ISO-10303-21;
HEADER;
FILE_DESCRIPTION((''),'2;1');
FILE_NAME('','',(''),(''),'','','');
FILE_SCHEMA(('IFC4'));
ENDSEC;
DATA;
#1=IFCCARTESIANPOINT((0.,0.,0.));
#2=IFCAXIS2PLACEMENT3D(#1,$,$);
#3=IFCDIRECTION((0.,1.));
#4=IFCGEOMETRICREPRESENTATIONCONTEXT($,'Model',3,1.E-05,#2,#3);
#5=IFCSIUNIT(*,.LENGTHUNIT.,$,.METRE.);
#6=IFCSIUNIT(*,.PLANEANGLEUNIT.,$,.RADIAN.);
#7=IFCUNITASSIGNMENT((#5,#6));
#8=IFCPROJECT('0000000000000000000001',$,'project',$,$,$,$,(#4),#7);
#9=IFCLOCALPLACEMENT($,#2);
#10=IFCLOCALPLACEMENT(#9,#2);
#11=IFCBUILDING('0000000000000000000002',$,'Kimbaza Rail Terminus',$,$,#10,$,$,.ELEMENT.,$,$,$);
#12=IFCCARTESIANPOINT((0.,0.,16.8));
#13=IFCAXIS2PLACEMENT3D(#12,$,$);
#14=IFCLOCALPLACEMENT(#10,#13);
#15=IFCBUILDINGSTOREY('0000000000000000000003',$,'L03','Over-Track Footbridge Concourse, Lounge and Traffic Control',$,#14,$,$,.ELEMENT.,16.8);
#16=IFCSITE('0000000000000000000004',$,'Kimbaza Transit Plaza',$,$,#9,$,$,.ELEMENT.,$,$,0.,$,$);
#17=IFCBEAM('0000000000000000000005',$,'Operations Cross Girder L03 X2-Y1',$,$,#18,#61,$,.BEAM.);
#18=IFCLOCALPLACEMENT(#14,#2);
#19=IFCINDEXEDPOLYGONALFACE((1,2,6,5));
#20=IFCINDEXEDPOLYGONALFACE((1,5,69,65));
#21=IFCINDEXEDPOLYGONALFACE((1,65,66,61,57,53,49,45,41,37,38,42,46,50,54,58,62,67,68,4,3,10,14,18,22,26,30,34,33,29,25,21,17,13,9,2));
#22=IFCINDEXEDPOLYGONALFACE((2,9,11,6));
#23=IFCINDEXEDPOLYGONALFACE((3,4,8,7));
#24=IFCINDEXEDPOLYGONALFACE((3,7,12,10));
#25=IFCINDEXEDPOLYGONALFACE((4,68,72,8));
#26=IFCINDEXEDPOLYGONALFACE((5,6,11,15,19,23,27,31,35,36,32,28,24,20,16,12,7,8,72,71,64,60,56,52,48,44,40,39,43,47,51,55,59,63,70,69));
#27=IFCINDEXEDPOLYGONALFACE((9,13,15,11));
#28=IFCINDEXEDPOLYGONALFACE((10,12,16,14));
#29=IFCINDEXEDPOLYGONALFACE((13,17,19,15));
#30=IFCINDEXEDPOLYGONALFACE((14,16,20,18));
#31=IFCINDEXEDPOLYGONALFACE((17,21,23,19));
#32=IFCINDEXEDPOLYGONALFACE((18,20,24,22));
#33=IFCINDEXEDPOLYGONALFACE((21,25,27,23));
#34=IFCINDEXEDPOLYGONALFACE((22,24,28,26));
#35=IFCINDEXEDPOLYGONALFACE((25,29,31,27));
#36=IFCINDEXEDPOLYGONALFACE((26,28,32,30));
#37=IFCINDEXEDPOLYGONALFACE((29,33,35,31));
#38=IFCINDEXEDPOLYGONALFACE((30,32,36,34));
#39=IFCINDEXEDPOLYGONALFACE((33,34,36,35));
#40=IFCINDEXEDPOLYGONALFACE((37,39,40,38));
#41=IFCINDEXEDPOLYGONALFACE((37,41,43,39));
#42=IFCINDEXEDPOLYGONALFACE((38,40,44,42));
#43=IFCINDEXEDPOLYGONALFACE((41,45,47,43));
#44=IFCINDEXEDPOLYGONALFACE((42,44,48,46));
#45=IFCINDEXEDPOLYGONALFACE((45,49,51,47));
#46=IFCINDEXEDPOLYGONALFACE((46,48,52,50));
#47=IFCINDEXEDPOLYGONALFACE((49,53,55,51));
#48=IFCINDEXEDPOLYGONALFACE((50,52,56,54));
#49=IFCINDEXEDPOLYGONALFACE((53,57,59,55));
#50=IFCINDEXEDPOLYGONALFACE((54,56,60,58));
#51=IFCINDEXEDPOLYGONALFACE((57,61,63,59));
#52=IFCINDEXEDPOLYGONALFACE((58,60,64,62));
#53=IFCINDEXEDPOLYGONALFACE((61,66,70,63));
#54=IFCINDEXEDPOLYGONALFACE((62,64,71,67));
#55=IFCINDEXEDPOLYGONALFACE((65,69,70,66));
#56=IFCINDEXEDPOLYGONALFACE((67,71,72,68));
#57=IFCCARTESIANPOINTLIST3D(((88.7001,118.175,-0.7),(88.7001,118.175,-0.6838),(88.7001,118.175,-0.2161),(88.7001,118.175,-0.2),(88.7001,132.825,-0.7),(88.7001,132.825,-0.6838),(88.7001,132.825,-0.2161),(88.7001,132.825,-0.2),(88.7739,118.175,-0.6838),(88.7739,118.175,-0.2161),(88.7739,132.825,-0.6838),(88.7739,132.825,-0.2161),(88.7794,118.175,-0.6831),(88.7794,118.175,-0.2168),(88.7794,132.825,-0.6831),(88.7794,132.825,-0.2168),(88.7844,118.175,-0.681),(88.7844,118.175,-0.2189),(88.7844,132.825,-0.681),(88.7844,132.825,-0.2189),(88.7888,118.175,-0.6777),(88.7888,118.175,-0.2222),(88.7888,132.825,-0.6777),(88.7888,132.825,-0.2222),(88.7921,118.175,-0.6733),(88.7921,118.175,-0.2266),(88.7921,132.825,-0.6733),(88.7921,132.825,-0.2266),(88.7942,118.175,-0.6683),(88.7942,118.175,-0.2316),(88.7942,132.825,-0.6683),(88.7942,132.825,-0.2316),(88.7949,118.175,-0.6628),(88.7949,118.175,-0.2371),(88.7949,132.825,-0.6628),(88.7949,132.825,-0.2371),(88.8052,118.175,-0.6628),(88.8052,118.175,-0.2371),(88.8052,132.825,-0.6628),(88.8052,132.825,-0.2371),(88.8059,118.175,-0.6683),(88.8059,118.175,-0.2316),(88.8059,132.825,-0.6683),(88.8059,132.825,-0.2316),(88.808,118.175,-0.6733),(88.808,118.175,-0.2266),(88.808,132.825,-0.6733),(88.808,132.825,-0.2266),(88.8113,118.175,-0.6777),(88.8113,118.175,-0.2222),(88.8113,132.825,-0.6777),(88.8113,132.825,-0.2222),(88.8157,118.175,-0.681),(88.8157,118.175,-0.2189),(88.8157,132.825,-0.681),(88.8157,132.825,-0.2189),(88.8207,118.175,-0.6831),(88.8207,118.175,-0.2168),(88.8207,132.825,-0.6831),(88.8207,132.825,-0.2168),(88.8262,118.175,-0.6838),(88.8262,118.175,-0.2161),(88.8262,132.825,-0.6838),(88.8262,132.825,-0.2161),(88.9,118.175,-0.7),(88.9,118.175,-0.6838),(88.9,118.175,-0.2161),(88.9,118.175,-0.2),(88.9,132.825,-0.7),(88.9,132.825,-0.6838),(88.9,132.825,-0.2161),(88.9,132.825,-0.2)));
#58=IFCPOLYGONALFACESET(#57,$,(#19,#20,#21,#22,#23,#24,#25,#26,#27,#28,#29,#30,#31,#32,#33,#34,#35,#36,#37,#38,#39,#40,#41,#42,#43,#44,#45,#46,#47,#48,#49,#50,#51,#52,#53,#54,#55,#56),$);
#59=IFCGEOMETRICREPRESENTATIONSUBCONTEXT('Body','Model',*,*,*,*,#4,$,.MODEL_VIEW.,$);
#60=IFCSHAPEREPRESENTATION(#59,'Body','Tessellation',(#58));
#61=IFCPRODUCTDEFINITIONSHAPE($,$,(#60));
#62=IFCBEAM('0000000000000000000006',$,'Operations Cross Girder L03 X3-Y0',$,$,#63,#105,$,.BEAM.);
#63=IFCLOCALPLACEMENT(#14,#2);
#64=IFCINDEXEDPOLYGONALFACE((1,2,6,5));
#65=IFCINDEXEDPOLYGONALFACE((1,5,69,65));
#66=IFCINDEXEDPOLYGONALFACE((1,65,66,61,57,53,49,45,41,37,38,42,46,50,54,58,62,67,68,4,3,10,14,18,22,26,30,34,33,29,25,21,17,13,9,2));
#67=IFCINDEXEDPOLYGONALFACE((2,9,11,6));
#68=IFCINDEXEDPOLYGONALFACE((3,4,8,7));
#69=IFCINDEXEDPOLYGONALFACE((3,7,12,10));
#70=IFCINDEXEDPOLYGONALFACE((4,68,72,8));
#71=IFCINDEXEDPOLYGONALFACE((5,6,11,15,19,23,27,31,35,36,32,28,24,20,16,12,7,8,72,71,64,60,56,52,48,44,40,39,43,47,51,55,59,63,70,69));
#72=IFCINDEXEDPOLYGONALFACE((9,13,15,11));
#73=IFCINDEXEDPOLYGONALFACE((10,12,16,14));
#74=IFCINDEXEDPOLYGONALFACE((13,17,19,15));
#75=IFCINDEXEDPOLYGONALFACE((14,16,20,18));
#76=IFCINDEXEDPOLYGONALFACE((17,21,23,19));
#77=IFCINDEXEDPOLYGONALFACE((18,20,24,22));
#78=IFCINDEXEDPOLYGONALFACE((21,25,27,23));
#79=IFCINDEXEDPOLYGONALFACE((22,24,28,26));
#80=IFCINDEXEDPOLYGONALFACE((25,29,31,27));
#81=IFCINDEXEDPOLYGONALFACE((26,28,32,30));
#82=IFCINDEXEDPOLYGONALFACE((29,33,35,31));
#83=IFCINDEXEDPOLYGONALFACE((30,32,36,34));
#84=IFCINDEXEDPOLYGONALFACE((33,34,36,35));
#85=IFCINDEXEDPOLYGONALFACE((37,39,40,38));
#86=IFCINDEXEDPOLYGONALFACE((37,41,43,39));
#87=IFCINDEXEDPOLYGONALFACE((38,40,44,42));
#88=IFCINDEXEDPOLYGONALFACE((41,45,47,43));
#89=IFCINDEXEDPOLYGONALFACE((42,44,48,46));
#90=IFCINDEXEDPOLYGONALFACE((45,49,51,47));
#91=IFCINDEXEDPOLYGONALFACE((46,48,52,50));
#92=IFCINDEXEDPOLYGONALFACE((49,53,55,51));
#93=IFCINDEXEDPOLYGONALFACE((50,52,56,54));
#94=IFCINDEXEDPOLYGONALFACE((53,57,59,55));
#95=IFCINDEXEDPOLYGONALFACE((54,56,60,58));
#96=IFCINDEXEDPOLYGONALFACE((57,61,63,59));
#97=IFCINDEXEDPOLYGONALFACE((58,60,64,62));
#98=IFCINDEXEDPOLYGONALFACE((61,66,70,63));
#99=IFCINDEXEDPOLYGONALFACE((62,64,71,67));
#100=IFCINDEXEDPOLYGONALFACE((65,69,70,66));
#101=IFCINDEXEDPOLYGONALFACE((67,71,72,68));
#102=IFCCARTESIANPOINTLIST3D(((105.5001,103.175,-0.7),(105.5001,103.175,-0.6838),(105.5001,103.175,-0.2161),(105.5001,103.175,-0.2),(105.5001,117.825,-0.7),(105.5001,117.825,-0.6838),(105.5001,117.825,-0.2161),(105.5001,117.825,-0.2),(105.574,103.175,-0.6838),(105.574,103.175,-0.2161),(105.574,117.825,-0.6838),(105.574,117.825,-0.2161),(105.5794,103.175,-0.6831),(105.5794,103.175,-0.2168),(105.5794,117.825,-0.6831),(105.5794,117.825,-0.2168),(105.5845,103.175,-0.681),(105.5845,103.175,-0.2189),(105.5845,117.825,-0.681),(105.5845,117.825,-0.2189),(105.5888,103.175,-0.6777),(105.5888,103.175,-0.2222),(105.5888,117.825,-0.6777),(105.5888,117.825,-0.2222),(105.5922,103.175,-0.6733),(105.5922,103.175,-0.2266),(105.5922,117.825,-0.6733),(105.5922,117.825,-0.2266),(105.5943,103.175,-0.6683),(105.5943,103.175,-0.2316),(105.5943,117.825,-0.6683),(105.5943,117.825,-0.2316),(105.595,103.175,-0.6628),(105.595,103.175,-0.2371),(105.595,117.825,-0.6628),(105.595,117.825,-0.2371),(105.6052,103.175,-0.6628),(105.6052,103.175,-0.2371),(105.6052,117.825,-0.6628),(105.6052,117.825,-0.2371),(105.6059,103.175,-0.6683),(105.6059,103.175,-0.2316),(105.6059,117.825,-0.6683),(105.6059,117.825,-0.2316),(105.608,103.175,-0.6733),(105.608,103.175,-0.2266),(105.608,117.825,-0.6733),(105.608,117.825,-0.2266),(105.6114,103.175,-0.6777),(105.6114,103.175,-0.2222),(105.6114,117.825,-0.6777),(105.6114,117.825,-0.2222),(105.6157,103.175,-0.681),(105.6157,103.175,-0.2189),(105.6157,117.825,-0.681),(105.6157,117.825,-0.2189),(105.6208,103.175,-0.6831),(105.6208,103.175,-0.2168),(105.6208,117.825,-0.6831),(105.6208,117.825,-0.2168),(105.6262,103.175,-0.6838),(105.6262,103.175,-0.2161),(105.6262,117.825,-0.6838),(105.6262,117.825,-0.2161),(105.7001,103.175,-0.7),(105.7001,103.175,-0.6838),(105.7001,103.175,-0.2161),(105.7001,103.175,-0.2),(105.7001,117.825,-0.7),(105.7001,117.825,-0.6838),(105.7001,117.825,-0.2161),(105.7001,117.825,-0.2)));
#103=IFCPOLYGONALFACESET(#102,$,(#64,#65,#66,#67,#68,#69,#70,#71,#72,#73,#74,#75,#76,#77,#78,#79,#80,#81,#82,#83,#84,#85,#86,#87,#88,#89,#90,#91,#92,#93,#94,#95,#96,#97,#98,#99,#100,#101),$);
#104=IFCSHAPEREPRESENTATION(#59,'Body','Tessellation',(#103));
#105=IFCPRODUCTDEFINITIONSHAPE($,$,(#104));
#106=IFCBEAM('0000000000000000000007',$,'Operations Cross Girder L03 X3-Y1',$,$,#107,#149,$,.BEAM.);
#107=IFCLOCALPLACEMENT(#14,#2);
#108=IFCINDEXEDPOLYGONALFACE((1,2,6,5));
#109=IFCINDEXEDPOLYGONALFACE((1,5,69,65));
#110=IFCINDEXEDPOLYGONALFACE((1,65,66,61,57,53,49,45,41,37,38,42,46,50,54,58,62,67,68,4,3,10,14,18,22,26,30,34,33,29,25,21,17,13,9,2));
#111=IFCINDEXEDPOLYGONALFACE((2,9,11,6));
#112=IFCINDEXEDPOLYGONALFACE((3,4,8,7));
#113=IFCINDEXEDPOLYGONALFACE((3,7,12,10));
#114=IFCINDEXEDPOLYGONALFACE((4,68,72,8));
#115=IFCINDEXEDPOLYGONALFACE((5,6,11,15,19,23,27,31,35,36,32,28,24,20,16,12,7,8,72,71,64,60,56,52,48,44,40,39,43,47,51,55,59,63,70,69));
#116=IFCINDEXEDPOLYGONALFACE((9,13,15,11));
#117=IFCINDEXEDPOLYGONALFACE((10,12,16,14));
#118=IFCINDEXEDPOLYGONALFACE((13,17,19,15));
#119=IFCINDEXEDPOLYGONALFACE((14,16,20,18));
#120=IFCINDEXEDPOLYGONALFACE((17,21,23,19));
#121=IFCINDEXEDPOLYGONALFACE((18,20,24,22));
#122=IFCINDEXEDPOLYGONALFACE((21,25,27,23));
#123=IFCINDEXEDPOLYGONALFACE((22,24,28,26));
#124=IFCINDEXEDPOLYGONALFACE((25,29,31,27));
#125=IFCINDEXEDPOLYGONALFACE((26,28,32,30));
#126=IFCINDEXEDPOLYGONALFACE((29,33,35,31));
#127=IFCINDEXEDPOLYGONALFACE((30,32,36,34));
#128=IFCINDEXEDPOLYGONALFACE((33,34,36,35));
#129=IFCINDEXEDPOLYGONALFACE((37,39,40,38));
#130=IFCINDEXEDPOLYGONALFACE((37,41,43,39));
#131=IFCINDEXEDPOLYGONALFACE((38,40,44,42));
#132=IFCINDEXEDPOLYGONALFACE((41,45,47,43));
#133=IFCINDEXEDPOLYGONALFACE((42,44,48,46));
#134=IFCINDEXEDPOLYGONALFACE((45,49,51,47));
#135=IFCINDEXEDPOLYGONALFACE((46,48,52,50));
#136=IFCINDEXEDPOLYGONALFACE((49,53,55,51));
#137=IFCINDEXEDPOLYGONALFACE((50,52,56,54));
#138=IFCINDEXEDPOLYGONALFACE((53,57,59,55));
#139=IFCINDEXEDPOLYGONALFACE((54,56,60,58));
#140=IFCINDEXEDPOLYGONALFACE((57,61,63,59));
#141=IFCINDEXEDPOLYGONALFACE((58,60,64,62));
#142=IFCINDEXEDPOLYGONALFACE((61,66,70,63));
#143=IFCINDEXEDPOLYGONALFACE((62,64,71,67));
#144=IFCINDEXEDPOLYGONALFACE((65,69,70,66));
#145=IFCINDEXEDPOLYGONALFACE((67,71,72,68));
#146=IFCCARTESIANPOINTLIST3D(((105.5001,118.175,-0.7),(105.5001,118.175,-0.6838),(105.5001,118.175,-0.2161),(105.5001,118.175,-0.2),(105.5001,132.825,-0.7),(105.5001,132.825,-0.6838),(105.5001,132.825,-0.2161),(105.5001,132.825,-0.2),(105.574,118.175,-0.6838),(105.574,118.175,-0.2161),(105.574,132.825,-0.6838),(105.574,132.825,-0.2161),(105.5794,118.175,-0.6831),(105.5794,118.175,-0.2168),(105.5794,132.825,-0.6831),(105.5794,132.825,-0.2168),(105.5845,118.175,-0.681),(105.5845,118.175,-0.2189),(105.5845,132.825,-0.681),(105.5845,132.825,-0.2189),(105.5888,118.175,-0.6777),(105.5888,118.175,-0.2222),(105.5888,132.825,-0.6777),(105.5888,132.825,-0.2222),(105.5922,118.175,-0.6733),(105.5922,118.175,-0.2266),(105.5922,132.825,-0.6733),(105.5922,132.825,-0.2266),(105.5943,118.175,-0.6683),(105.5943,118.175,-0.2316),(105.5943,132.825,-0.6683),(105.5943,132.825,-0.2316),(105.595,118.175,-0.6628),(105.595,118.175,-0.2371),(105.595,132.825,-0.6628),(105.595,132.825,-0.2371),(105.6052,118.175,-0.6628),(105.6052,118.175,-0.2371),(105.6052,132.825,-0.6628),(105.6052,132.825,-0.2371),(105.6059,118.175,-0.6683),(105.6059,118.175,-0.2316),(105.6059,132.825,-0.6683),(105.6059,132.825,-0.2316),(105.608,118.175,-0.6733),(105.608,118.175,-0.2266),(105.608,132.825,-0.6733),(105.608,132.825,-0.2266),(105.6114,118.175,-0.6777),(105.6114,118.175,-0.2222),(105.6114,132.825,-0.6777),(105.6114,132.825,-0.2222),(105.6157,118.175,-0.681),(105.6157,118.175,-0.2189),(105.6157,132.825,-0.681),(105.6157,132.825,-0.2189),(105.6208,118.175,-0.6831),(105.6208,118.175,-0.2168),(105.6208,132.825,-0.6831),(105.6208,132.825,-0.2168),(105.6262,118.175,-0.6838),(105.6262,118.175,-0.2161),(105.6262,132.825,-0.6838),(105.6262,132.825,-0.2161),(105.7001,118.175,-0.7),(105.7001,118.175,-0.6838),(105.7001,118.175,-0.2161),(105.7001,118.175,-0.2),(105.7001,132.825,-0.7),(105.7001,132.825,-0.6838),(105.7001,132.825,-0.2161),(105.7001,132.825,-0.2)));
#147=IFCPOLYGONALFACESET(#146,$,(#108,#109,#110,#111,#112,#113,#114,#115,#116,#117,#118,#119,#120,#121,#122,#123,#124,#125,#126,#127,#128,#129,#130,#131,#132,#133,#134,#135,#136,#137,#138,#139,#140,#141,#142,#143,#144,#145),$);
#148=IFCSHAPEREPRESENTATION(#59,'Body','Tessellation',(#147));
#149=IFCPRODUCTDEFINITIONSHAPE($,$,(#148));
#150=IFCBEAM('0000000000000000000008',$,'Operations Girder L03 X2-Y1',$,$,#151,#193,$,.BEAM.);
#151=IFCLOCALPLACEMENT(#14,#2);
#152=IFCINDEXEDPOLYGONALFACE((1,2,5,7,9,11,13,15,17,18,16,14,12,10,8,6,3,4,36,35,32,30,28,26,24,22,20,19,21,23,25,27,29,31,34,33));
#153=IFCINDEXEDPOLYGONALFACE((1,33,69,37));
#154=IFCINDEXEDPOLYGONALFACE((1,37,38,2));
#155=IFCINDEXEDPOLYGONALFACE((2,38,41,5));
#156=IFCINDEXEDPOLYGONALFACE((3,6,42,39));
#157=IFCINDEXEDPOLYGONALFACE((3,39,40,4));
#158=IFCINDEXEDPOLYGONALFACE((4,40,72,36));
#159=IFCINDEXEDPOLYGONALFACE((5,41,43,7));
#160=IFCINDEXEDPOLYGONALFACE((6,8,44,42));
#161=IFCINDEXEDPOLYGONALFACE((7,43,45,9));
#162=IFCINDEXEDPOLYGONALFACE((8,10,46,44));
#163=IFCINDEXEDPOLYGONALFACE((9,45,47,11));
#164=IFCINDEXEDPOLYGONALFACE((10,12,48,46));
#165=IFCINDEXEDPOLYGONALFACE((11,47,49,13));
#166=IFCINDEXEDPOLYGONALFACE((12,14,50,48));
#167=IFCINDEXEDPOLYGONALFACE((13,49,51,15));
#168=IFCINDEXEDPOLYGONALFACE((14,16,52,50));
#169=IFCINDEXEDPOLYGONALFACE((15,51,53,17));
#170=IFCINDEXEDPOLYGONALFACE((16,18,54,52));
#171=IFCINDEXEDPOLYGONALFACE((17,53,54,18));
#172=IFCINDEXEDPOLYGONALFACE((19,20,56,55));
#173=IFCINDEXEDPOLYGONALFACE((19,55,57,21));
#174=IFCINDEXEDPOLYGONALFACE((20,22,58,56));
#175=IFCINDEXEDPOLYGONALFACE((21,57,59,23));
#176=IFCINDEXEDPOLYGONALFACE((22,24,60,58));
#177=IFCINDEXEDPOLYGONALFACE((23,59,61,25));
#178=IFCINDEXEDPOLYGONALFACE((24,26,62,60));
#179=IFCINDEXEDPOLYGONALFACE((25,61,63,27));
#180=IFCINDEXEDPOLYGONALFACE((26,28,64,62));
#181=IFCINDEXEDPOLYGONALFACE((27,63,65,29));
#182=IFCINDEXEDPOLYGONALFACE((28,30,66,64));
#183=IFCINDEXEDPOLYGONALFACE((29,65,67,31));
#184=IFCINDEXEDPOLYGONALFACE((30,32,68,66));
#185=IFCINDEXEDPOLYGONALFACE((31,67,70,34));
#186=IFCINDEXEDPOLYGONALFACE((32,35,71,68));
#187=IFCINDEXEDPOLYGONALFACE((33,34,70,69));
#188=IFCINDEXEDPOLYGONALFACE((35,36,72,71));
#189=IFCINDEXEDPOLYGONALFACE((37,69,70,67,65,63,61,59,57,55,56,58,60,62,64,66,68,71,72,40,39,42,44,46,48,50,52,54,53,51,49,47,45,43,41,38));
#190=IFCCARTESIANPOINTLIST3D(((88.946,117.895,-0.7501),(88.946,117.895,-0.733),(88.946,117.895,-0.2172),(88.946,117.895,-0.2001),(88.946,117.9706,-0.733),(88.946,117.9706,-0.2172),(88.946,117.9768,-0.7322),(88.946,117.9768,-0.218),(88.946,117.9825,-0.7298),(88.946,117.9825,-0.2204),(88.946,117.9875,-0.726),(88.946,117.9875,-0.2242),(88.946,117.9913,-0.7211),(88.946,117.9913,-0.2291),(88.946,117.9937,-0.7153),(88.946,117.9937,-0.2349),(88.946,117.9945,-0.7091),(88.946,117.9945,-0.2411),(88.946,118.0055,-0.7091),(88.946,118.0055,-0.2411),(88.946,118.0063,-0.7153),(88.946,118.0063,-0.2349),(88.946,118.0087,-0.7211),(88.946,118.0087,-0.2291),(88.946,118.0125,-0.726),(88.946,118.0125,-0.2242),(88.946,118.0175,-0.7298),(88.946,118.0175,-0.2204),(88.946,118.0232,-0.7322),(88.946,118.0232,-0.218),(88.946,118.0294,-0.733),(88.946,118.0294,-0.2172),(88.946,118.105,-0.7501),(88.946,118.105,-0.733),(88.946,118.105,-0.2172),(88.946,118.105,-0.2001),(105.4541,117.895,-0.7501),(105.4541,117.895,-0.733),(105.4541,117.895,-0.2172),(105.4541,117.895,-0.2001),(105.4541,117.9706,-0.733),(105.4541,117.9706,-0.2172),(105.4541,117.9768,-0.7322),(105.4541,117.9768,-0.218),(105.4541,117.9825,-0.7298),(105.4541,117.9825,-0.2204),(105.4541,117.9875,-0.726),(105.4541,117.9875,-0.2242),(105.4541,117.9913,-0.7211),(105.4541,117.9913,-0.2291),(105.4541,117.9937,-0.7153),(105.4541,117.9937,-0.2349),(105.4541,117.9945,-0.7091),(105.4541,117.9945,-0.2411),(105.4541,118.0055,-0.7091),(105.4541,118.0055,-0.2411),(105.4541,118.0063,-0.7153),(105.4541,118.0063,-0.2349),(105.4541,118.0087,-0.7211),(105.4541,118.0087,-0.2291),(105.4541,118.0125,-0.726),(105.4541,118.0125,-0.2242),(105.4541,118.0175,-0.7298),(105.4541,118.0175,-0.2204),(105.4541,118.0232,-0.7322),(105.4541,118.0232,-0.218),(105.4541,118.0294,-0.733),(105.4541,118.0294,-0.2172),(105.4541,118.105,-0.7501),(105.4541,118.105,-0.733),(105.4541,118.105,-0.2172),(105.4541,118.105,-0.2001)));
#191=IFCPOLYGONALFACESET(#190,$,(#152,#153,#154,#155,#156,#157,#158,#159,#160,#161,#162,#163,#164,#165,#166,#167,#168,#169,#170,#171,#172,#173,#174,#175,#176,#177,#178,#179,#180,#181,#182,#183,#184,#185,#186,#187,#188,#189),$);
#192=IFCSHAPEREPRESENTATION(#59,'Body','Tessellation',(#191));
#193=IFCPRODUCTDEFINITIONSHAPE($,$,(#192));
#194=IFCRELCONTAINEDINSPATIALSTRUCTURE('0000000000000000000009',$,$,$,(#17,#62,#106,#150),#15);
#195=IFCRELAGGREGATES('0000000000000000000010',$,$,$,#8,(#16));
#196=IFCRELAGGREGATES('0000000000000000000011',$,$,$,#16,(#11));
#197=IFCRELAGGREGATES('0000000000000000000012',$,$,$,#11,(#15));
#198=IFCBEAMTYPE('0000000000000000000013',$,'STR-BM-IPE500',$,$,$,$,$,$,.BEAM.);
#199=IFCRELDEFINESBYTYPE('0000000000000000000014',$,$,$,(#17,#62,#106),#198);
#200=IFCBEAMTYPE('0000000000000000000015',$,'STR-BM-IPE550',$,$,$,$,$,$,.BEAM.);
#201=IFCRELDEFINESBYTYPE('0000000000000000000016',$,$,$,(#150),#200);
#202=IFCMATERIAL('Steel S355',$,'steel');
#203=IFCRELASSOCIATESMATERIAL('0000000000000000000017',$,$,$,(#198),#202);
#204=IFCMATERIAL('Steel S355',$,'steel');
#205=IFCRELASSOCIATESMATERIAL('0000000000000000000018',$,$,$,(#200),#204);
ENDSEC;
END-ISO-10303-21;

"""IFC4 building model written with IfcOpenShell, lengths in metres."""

from ifc_helpers import new_model, si_unit, direction, frame, origin, origin_2d, place, context, subcontext, project, spatial, i_section, extrude, material, material_profile, profile_set, type_object, element, save


model = new_model("IFC4")

# Units and contexts
model_context = context("Model", 3, precision=1e-05, world=origin(), true_north=direction((0.0, 1.0)))
body_context = subcontext(model_context, "Body", "Model", "MODEL_VIEW")
ifc_project = project(units=[si_unit("LENGTHUNIT", "METRE"), si_unit("PLANEANGLEUNIT", "RADIAN")], contexts=[model_context])

# Site, building, storey
site_placement = place(None, origin())
site = spatial("IfcSite", under=ifc_project, at=site_placement, Name="Kimbaza Transit Plaza", CompositionType="ELEMENT", RefElevation=0.0)
building_placement = place(site_placement, origin())
building = spatial("IfcBuilding", under=site, at=building_placement, Name="Kimbaza Rail Terminus", CompositionType="ELEMENT")
storey_placement = place(building_placement, frame((0.0, 0.0, 16.8)))
storey = spatial("IfcBuildingStorey", under=building, at=storey_placement, Name="L03", Description="Over-Track Footbridge Concourse, Lounge and Traffic Control", CompositionType="ELEMENT", Elevation=16.8)

# Beams
ifc_material_1 = material(Name="Steel S355", Category="steel")
ifc_material_profile_1 = material_profile(ifc_material_1, i_section(OverallWidth=0.2, OverallDepth=0.5, WebThickness=0.0103, FlangeThickness=0.0161, FilletRadius=0.021, at=origin_2d()), Name="IPE 500")
ifc_profile_set_1 = profile_set([ifc_material_profile_1], Name="Steel S355")
beam_type_1 = type_object("IfcBeamType", Name="STR-BM-IPE500", PredefinedType="BEAM", material=ifc_profile_set_1)
for number, where, z_axis, x_axis, name in (
    (1, (88.8, 118.175, -0.45), (0.0, 1.0, 0.0), (-1.0, 0.0, 0.0), "Operations Cross Girder L03 X2-Y1"),
    (2, (105.6001, 103.175, -0.45), (0.0, 1.0, 0.0), (-1.0, 0.0, 0.0), "Operations Cross Girder L03 X3-Y0"),
    (3, (105.6001, 118.175, -0.45), (0.0, 1.0, 0.0), (-1.0, 0.0, 0.0), "Operations Cross Girder L03 X3-Y1"),
):
    element("IfcBeam", number, at=place(storey_placement, frame(where, z_axis=z_axis, x_axis=x_axis)), inside=storey, type_object=beam_type_1, Name=name, PredefinedType="BEAM", context=body_context, shape_type="SweptSolid", body=[
        extrude(i_section(OverallWidth=0.2, OverallDepth=0.5, WebThickness=0.0103, FlangeThickness=0.0161, FilletRadius=0.021, at=origin_2d()), origin(), (0.0, 0.0, 1.0), 14.6499),
    ])
ifc_material_2 = material(Name="Steel S355", Category="steel")
ifc_material_profile_2 = material_profile(ifc_material_2, i_section(OverallWidth=0.21, OverallDepth=0.55, WebThickness=0.011, FlangeThickness=0.0171, FilletRadius=0.0239, at=origin_2d()), Name="IPE 550")
ifc_profile_set_2 = profile_set([ifc_material_profile_2], Name="Steel S355")
beam_type_2 = type_object("IfcBeamType", Name="STR-BM-IPE550", PredefinedType="BEAM", material=ifc_profile_set_2)
beam_1_placement = place(storey_placement, frame((88.946, 118.0, -0.4751), z_axis=(1.0, 0.0, 0.0), x_axis=(0.0, 1.0, 0.0)))
element("IfcBeam", 4, at=beam_1_placement, inside=storey, type_object=beam_type_2, Name="Operations Girder L03 X2-Y1", PredefinedType="BEAM", context=body_context, shape_type="SweptSolid", body=[
    extrude(i_section(OverallWidth=0.21, OverallDepth=0.55, WebThickness=0.011, FlangeThickness=0.0171, FilletRadius=0.0239, at=origin_2d()), origin(), (0.0, 0.0, 1.0), 16.5081),
])

save(model, "model.ifc")
